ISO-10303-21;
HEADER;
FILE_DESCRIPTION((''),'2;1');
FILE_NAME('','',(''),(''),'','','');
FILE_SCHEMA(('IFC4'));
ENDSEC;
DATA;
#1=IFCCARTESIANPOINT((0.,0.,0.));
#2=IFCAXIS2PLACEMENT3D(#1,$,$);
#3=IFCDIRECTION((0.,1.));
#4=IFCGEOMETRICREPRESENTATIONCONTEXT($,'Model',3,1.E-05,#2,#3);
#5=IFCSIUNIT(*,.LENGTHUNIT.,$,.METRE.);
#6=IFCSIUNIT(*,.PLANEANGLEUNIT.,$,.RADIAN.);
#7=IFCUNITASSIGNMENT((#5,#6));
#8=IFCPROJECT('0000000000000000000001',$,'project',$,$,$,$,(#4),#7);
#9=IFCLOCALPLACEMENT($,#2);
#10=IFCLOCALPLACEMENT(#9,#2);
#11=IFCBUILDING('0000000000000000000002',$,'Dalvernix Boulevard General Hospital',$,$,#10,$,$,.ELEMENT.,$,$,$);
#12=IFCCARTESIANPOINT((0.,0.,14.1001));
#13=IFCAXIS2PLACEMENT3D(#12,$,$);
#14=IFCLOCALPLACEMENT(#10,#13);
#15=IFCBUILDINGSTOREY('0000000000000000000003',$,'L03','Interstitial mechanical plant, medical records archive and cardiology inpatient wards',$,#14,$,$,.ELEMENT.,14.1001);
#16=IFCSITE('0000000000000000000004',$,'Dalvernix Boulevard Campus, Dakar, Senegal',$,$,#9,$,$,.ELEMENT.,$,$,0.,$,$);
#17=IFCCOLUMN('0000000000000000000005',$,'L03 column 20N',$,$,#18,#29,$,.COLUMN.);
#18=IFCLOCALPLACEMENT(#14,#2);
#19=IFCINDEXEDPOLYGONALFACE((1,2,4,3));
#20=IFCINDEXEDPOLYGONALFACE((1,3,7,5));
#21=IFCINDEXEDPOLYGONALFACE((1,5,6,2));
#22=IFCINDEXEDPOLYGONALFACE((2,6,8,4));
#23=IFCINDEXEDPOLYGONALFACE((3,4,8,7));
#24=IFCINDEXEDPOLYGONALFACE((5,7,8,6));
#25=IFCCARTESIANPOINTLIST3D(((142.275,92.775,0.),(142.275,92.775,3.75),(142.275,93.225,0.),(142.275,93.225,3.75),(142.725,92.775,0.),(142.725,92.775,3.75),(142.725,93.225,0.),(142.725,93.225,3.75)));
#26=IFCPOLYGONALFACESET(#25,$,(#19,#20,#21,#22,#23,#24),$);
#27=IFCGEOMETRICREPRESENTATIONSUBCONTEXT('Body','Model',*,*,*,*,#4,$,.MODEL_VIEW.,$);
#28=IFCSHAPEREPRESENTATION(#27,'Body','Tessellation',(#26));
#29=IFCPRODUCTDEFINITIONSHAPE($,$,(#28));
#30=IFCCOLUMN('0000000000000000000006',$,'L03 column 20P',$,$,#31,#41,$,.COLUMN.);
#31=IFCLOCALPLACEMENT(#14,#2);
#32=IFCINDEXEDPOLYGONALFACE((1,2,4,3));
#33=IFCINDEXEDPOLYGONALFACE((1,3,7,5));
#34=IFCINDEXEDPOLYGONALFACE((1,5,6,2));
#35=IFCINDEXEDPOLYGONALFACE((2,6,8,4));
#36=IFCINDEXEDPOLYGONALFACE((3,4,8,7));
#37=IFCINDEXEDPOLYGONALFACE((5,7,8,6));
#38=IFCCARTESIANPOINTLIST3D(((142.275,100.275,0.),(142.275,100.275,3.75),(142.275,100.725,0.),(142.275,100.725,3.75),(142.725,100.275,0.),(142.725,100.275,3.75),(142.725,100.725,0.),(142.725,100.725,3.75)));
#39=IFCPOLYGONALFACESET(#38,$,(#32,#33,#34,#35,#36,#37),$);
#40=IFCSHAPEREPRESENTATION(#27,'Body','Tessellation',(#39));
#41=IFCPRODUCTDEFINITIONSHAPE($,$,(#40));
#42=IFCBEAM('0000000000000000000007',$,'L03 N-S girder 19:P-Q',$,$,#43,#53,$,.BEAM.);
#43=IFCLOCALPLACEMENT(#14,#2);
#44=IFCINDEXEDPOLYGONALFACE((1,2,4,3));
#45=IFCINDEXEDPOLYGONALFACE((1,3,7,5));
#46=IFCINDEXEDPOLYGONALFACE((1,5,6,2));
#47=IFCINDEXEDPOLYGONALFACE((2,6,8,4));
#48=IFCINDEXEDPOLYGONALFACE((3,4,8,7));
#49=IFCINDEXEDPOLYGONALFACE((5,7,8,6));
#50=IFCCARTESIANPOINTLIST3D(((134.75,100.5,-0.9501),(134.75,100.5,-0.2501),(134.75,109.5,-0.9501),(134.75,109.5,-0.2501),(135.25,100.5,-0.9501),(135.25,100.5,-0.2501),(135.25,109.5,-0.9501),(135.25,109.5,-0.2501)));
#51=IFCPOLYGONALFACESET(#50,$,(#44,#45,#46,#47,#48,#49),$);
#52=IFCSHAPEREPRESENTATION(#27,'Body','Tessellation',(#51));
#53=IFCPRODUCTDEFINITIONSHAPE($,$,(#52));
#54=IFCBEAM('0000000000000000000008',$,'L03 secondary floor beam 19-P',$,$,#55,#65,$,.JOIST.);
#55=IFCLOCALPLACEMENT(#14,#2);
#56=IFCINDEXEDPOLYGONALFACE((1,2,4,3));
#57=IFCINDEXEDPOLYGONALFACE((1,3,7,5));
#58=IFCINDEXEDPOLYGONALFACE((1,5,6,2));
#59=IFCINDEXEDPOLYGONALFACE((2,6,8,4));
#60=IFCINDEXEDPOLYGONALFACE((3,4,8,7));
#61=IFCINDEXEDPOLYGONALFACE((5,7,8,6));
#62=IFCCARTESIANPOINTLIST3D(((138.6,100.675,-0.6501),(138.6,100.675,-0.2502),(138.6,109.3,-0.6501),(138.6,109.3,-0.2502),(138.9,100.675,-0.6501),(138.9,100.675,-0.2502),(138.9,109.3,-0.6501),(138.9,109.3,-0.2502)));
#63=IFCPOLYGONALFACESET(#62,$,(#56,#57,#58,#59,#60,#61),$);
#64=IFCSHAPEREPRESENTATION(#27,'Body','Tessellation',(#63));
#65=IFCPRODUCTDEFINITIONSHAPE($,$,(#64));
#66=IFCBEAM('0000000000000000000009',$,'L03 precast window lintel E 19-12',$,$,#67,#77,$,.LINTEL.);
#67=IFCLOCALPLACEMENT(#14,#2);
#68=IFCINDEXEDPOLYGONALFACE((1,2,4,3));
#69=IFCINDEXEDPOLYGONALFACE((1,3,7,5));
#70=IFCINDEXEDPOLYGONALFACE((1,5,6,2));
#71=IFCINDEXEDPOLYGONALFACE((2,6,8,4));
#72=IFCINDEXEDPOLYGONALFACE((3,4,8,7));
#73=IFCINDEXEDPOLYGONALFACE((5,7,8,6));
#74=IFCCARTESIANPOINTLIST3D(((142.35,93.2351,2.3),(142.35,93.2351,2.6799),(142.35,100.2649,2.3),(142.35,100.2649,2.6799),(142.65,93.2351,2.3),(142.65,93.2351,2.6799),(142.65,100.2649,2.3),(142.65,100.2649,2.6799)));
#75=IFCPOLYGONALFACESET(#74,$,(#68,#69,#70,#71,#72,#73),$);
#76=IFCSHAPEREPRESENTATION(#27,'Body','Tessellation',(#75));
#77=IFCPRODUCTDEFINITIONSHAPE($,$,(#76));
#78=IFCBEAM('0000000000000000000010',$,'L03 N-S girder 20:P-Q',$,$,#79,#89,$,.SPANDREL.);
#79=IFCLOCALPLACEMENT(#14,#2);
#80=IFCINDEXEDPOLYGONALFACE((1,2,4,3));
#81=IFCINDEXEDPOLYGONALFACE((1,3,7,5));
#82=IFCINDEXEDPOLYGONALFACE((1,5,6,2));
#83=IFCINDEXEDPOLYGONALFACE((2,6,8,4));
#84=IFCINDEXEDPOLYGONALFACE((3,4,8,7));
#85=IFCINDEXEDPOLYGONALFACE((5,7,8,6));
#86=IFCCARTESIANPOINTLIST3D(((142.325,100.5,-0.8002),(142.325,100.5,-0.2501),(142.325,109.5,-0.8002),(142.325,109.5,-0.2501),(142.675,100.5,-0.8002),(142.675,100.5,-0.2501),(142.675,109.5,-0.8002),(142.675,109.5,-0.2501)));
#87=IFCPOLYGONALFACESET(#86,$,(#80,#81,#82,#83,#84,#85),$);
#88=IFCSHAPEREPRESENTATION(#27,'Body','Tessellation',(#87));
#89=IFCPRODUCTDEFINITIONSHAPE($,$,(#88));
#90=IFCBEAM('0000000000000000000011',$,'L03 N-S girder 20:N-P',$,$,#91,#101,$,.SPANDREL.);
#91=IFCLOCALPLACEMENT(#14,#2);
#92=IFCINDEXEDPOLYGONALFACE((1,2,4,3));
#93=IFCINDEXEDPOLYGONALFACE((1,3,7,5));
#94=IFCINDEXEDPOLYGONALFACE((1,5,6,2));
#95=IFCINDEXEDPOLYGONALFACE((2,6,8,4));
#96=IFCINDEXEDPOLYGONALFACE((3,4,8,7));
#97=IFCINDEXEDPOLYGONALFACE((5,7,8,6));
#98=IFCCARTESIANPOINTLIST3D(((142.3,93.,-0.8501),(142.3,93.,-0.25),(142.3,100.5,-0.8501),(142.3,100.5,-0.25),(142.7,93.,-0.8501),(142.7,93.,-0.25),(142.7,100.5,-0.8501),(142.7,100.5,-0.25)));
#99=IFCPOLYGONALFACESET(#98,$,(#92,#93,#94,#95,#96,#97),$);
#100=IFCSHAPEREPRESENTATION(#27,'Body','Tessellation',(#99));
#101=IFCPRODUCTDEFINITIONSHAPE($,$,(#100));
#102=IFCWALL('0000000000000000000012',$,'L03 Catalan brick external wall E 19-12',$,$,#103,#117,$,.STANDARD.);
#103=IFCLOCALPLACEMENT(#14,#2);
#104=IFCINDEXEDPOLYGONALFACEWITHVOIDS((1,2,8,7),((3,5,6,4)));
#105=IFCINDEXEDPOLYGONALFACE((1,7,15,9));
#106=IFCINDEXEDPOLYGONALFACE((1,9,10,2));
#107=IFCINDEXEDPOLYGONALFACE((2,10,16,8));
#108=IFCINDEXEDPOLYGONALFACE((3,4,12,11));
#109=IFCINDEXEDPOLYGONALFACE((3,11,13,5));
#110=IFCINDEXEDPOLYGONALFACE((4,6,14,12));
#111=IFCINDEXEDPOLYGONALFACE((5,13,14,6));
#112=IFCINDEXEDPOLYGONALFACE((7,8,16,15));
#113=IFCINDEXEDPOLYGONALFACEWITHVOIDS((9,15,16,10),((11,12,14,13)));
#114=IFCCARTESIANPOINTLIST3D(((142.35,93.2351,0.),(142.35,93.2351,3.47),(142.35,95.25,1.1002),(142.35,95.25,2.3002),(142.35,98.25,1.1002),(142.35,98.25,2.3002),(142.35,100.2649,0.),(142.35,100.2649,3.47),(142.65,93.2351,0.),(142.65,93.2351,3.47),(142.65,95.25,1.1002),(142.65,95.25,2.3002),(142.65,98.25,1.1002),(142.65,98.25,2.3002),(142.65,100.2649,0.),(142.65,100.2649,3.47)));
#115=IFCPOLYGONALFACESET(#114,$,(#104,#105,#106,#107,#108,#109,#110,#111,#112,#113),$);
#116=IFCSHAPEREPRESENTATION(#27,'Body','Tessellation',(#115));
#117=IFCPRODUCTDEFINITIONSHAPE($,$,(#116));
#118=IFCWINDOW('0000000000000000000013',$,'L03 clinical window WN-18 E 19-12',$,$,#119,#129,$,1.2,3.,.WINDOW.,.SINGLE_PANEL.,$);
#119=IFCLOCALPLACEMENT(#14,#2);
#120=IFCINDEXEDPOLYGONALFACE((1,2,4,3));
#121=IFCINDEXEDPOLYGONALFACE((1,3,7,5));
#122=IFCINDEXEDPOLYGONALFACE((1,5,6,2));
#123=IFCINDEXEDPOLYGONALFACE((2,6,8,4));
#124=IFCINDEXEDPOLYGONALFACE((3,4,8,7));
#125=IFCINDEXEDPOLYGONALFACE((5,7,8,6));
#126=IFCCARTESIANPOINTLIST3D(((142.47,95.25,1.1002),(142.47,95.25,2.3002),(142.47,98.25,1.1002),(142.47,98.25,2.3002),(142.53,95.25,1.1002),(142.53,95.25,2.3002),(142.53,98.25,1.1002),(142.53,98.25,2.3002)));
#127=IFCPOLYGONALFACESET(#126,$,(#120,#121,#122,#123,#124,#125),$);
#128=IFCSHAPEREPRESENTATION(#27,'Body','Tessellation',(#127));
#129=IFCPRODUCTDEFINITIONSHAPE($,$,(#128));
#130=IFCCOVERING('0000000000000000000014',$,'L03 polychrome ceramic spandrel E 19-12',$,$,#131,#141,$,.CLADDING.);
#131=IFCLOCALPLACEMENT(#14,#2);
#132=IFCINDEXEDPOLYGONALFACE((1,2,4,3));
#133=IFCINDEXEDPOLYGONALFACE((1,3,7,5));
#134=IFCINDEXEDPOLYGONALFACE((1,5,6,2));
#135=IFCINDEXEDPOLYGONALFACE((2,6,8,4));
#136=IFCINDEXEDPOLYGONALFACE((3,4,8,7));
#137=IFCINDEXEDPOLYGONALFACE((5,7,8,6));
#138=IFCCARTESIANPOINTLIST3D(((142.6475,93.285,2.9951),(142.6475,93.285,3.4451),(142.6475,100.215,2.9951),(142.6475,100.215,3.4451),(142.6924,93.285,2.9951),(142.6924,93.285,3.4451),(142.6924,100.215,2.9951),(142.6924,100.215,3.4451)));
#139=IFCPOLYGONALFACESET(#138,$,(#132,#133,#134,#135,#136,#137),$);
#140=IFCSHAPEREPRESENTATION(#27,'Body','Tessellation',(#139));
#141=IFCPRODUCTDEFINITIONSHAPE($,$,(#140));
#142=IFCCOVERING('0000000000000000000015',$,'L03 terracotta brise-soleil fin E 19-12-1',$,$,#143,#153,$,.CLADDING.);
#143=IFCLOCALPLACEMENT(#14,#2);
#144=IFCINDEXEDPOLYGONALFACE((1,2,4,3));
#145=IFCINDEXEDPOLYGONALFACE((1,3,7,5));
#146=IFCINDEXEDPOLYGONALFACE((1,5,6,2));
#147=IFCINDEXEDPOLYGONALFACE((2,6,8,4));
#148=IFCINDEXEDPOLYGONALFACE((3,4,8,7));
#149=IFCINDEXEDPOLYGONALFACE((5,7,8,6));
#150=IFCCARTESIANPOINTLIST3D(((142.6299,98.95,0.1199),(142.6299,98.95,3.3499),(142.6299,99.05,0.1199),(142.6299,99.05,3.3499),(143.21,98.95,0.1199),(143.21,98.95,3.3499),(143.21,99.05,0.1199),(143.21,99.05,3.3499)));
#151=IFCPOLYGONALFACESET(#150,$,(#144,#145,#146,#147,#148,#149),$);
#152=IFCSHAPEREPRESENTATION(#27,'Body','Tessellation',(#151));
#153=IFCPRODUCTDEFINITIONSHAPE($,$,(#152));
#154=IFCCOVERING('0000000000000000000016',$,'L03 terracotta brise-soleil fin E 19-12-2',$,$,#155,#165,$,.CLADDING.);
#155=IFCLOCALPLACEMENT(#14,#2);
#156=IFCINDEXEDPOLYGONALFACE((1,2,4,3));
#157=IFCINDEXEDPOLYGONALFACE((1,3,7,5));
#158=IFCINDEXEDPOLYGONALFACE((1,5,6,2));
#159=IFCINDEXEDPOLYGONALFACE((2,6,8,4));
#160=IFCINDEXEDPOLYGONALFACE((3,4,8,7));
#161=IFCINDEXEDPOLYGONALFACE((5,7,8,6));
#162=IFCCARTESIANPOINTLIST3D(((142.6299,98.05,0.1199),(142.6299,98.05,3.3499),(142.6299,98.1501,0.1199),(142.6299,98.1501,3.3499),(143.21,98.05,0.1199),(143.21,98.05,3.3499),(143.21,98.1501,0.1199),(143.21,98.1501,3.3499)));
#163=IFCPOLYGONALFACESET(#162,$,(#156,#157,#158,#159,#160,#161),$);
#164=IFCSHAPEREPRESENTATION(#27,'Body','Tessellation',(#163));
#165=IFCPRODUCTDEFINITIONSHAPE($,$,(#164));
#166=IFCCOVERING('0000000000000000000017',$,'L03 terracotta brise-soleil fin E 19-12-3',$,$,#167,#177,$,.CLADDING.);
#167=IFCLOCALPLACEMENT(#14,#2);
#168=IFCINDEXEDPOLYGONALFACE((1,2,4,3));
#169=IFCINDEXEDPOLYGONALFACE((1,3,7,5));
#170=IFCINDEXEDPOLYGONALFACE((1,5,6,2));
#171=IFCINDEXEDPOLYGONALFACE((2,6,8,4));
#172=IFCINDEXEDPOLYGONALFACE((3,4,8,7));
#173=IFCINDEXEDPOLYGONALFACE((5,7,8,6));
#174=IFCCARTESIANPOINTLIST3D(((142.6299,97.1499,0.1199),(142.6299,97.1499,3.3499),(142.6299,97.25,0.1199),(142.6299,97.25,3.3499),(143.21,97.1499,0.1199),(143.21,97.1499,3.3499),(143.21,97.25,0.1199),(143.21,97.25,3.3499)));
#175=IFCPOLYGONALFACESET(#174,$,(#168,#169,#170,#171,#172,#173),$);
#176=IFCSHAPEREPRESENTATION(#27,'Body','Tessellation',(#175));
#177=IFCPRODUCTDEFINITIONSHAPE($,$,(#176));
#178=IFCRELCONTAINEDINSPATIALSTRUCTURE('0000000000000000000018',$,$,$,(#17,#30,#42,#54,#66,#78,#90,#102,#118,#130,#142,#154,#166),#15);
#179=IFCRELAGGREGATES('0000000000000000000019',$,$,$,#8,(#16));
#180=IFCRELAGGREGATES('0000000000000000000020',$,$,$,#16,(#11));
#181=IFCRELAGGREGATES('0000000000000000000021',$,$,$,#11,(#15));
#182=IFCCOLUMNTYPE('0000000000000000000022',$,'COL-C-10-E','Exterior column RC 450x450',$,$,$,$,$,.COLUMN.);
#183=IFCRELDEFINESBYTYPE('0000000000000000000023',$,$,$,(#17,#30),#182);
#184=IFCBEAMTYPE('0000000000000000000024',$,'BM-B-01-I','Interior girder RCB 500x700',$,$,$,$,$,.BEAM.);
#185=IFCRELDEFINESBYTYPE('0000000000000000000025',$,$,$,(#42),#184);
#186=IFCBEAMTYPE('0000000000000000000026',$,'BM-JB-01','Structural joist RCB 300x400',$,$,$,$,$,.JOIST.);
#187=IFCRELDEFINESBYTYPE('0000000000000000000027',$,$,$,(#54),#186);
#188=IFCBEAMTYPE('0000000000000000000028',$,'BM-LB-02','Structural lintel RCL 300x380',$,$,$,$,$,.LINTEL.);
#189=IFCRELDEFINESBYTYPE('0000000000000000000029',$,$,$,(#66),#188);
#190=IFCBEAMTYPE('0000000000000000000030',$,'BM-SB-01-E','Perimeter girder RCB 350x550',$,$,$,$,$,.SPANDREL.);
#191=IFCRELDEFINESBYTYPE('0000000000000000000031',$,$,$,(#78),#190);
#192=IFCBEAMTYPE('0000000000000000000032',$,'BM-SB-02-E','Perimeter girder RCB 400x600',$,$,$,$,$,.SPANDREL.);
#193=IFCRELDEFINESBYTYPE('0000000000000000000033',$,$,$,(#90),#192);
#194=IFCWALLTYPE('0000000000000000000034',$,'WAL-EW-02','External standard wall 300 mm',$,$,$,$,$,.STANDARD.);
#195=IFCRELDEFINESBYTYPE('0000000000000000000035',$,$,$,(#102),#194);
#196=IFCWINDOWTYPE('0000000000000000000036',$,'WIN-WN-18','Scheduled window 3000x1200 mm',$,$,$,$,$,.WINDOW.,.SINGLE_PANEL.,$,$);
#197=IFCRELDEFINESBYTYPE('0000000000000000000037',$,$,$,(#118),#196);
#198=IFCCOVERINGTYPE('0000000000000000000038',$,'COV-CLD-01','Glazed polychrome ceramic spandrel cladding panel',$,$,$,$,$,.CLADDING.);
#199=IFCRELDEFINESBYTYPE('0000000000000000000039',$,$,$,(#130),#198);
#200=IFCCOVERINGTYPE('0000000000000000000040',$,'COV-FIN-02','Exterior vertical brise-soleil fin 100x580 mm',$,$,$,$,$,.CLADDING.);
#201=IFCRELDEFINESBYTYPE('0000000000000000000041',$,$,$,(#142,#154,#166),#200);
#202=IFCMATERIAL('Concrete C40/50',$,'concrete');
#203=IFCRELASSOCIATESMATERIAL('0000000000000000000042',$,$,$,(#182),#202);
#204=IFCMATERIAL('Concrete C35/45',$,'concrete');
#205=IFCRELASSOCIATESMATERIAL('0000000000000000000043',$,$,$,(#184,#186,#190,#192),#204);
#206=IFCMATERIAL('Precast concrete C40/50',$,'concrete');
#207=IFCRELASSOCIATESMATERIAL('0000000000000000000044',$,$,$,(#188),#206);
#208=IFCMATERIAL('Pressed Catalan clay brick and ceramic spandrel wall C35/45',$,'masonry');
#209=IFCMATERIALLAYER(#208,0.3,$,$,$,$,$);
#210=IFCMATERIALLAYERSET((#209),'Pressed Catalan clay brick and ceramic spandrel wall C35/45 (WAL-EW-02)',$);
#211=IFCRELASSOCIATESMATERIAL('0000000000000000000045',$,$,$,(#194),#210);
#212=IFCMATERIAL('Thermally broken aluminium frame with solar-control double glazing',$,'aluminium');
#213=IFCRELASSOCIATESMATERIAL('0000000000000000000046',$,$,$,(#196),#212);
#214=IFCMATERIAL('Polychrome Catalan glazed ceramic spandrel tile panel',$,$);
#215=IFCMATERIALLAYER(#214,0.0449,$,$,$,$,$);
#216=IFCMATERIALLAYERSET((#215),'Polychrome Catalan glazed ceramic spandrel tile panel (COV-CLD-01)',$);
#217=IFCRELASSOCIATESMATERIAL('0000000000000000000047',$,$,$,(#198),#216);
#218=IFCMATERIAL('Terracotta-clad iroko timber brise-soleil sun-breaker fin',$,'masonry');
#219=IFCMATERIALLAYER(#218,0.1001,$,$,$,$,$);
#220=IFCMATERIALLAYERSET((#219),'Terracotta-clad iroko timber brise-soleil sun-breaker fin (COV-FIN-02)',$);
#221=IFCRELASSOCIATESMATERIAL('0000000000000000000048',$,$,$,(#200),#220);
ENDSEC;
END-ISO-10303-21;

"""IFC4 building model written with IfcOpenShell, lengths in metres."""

from ifc_helpers import new_model, si_unit, direction, frame, frame_2d, origin, origin_2d, place, context, subcontext, project, spatial, rectangle, extrude, material, layer, layer_set, material_profile, profile_set, type_object, element, fill, save


model = new_model("IFC4")

# Units and contexts
model_context = context("Model", 3, precision=1e-05, world=origin(), true_north=direction((0.0, 1.0)))
body_context = subcontext(model_context, "Body", "Model", "MODEL_VIEW")
ifc_project = project(units=[si_unit("LENGTHUNIT", "METRE"), si_unit("PLANEANGLEUNIT", "RADIAN")], contexts=[model_context])

# Site, building, storey
site_placement = place(None, origin())
site = spatial("IfcSite", under=ifc_project, at=site_placement, Name="Dalvernix Boulevard Campus, Dakar, Senegal", CompositionType="ELEMENT", RefElevation=0.0)
building_placement = place(site_placement, origin())
building = spatial("IfcBuilding", under=site, at=building_placement, Name="Dalvernix Boulevard General Hospital", CompositionType="ELEMENT")
storey_placement = place(building_placement, frame((0.0, 0.0, 14.1001)))
storey = spatial("IfcBuildingStorey", under=building, at=storey_placement, Name="L03", Description="Interstitial mechanical plant, medical records archive and cardiology inpatient wards", CompositionType="ELEMENT", Elevation=14.1001)

# Columns
ifc_material_1 = material(Name="Concrete C40/50", Category="concrete")
ifc_material_profile_1 = material_profile(ifc_material_1, rectangle(XDim=0.45, YDim=0.45, at=origin_2d()), Name="RC 450x450")
ifc_profile_set_1 = profile_set([ifc_material_profile_1], Name="Concrete C40/50")
column_type = type_object("IfcColumnType", Name="COL-C-10-E", Description="Exterior column RC 450x450", PredefinedType="COLUMN", material=ifc_profile_set_1)
for number, where, z_axis, x_axis, name in (
    (1, (142.5, 93.0, 0.0), (0.0, 0.0, 1.0), (1.0, 0.0, 0.0), "L03 column 20N"),
    (2, (142.5, 100.5, 0.0), (0.0, 0.0, 1.0), (1.0, 0.0, 0.0), "L03 column 20P"),
):
    element("IfcColumn", number, at=place(storey_placement, frame(where, z_axis=z_axis, x_axis=x_axis)), inside=storey, type_object=column_type, Name=name, PredefinedType="COLUMN", context=body_context, shape_type="SweptSolid", body=[
        extrude(rectangle(XDim=0.45, YDim=0.45, at=origin_2d()), origin(), (0.0, 0.0, 1.0), 3.75),
    ])

# Beams
ifc_material_2 = material(Name="Concrete C35/45", Category="concrete")
ifc_material_profile_2 = material_profile(ifc_material_2, rectangle(XDim=0.5, YDim=0.7, at=origin_2d()), Name="RCB 500x700")
ifc_profile_set_2 = profile_set([ifc_material_profile_2], Name="Concrete C35/45")
beam_type_1 = type_object("IfcBeamType", Name="BM-B-01-I", Description="Interior girder RCB 500x700", PredefinedType="BEAM", material=ifc_profile_set_2)
beam_1_placement = place(storey_placement, frame((135.0, 100.5, -0.6001), z_axis=(0.0, 1.0, 0.0), x_axis=(-1.0, 0.0, 0.0)))
element("IfcBeam", 3, at=beam_1_placement, inside=storey, type_object=beam_type_1, Name="L03 N-S girder 19:P-Q", PredefinedType="BEAM", context=body_context, shape_type="SweptSolid", body=[
    extrude(rectangle(XDim=0.5, YDim=0.7, at=origin_2d()), origin(), (0.0, 0.0, 1.0), 9.0),
])
ifc_material_profile_3 = material_profile(ifc_material_2, rectangle(XDim=0.3, YDim=0.3999, at=origin_2d()), Name="RCB 300x400")
ifc_profile_set_3 = profile_set([ifc_material_profile_3], Name="Concrete C35/45")
beam_type_2 = type_object("IfcBeamType", Name="BM-JB-01", Description="Structural joist RCB 300x400", PredefinedType="JOIST", material=ifc_profile_set_3)
beam_2_placement = place(storey_placement, frame((138.75, 100.675, -0.4502), z_axis=(0.0, 1.0, 0.0), x_axis=(-1.0, 0.0, 0.0)))
element("IfcBeam", 4, at=beam_2_placement, inside=storey, type_object=beam_type_2, Name="L03 secondary floor beam 19-P", PredefinedType="JOIST", context=body_context, shape_type="SweptSolid", body=[
    extrude(rectangle(XDim=0.3, YDim=0.3999, at=origin_2d()), origin(), (0.0, 0.0, 1.0), 8.625),
])
ifc_material_3 = material(Name="Precast concrete C40/50", Category="concrete")
ifc_material_profile_4 = material_profile(ifc_material_3, rectangle(XDim=0.3, YDim=0.3799, at=origin_2d()), Name="RCL 300x380")
ifc_profile_set_4 = profile_set([ifc_material_profile_4], Name="Precast concrete C40/50")
beam_type_3 = type_object("IfcBeamType", Name="BM-LB-02", Description="Structural lintel RCL 300x380", PredefinedType="LINTEL", material=ifc_profile_set_4)
beam_3_placement = place(storey_placement, frame((142.5, 100.2649, 2.49), z_axis=(0.0, -1.0, 0.0), x_axis=(1.0, 0.0, 0.0)))
element("IfcBeam", 5, at=beam_3_placement, inside=storey, type_object=beam_type_3, Name="L03 precast window lintel E 19-12", PredefinedType="LINTEL", context=body_context, shape_type="SweptSolid", body=[
    extrude(rectangle(XDim=0.3, YDim=0.3799, at=origin_2d()), origin(), (0.0, 0.0, 1.0), 7.0298),
])
ifc_material_profile_5 = material_profile(ifc_material_2, rectangle(XDim=0.3501, YDim=0.55, at=origin_2d()), Name="RCB 350x550")
ifc_profile_set_5 = profile_set([ifc_material_profile_5], Name="Concrete C35/45")
beam_type_4 = type_object("IfcBeamType", Name="BM-SB-01-E", Description="Perimeter girder RCB 350x550", PredefinedType="SPANDREL", material=ifc_profile_set_5)
beam_4_placement = place(storey_placement, frame((142.5, 100.5, -0.5251), z_axis=(0.0, 1.0, 0.0), x_axis=(-1.0, 0.0, 0.0)))
element("IfcBeam", 6, at=beam_4_placement, inside=storey, type_object=beam_type_4, Name="L03 N-S girder 20:P-Q", PredefinedType="SPANDREL", context=body_context, shape_type="SweptSolid", body=[
    extrude(rectangle(XDim=0.3501, YDim=0.55, at=origin_2d()), origin(), (0.0, 0.0, 1.0), 9.0),
])
ifc_material_profile_6 = material_profile(ifc_material_2, rectangle(XDim=0.3999, YDim=0.6001, at=origin_2d()), Name="RCB 400x600")
ifc_profile_set_6 = profile_set([ifc_material_profile_6], Name="Concrete C35/45")
beam_type_5 = type_object("IfcBeamType", Name="BM-SB-02-E", Description="Perimeter girder RCB 400x600", PredefinedType="SPANDREL", material=ifc_profile_set_6)
beam_5_placement = place(storey_placement, frame((142.5, 93.0, -0.55), z_axis=(0.0, 1.0, 0.0), x_axis=(-1.0, 0.0, 0.0)))
element("IfcBeam", 7, at=beam_5_placement, inside=storey, type_object=beam_type_5, Name="L03 N-S girder 20:N-P", PredefinedType="SPANDREL", context=body_context, shape_type="SweptSolid", body=[
    extrude(rectangle(XDim=0.3999, YDim=0.6001, at=origin_2d()), origin(), (0.0, 0.0, 1.0), 7.5),
])

# Wall, opening, window
ifc_material_4 = material(Name="Pressed Catalan clay brick and ceramic spandrel wall C35/45", Category="masonry")
ifc_layer_1 = layer(ifc_material_4, 0.3)
ifc_layer_set_1 = layer_set([ifc_layer_1], Name="Pressed Catalan clay brick and ceramic spandrel wall C35/45 (WAL-EW-02)")
wall_type = type_object("IfcWallType", Name="WAL-EW-02", Description="External standard wall 300 mm", PredefinedType="STANDARD", material=ifc_layer_set_1)
wall_placement = place(storey_placement, frame((142.5, 100.2649, 0.0), z_axis=(0.0, 0.0, 1.0), x_axis=(0.0, -1.0, 0.0)))
wall = element("IfcWall", 8, at=wall_placement, inside=storey, type_object=wall_type, Name="L03 Catalan brick external wall E 19-12", PredefinedType="STANDARD", context=body_context, shape_type="SweptSolid", body=[
    extrude(rectangle(XDim=7.0298, YDim=0.3, at=frame_2d((3.5149, 0.0))), origin(), (0.0, 0.0, 1.0), 3.47),
])
opening_placement = place(wall_placement, frame((2.0149, 0.0, 1.1001)))
opening = element("IfcOpeningElement", 9, at=opening_placement, cuts=wall, PredefinedType="OPENING", context=body_context, shape_type="SweptSolid", body=[
    extrude(rectangle(XDim=3.0, YDim=1.2, at=frame_2d((1.5, 0.6001))), frame((0.0, 0.1599, 0.0), z_axis=(0.0, -1.0, 0.0), x_axis=(1.0, 0.0, 0.0)), (0.0, 0.0, 1.0), 0.3201),
])
ifc_material_5 = material(Name="Thermally broken aluminium frame with solar-control double glazing", Category="aluminium")
window_type = type_object("IfcWindowType", Name="WIN-WN-18", Description="Scheduled window 3000x1200 mm", PartitioningType="SINGLE_PANEL", PredefinedType="WINDOW", material=ifc_material_5)
window_placement = place(opening_placement, origin())
window = element("IfcWindow", 10, at=window_placement, inside=storey, type_object=window_type, Name="L03 clinical window WN-18 E 19-12", OverallHeight=1.2, OverallWidth=3.0, PartitioningType="SINGLE_PANEL", PredefinedType="WINDOW", context=body_context, shape_type="SweptSolid", body=[
    extrude(rectangle(XDim=3.0, YDim=1.2, at=frame_2d((1.5, 0.6001))), frame((0.0, 0.03, 0.0), z_axis=(0.0, -1.0, 0.0), x_axis=(1.0, 0.0, 0.0)), (0.0, 0.0, 1.0), 0.0601),
])
fill(opening, window)

# Coverings
ifc_material_6 = material(Name="Polychrome Catalan glazed ceramic spandrel tile panel")
ifc_layer_2 = layer(ifc_material_6, 0.0449)
ifc_layer_set_2 = layer_set([ifc_layer_2], Name="Polychrome Catalan glazed ceramic spandrel tile panel (COV-CLD-01)")
covering_type_1 = type_object("IfcCoveringType", Name="COV-CLD-01", Description="Glazed polychrome ceramic spandrel cladding panel", PredefinedType="CLADDING", material=ifc_layer_set_2)
covering_placement = place(storey_placement, frame((142.6699, 96.75, 2.9951), z_axis=(0.0, 0.0, 1.0), x_axis=(0.0, -1.0, 0.0)))
element("IfcCovering", 11, at=covering_placement, inside=storey, type_object=covering_type_1, Name="L03 polychrome ceramic spandrel E 19-12", PredefinedType="CLADDING", context=body_context, shape_type="SweptSolid", body=[
    extrude(rectangle(XDim=6.9299, YDim=0.0449, at=origin_2d()), origin(), (0.0, 0.0, 1.0), 0.45),
])
ifc_material_7 = material(Name="Terracotta-clad iroko timber brise-soleil sun-breaker fin", Category="masonry")
ifc_layer_3 = layer(ifc_material_7, 0.1001)
ifc_layer_set_3 = layer_set([ifc_layer_3], Name="Terracotta-clad iroko timber brise-soleil sun-breaker fin (COV-FIN-02)")
covering_type_2 = type_object("IfcCoveringType", Name="COV-FIN-02", Description="Exterior vertical brise-soleil fin 100x580 mm", PredefinedType="CLADDING", material=ifc_layer_set_3)
for number, where, z_axis, x_axis, name in (
    (12, (142.9199, 99.0, 0.1199), (0.0, 0.0, 1.0), (0.0, -1.0, 0.0), "L03 terracotta brise-soleil fin E 19-12-1"),
    (13, (142.9199, 98.1001, 0.1199), (0.0, 0.0, 1.0), (0.0, -1.0, 0.0), "L03 terracotta brise-soleil fin E 19-12-2"),
    (14, (142.9199, 97.2, 0.1199), (0.0, 0.0, 1.0), (0.0, -1.0, 0.0), "L03 terracotta brise-soleil fin E 19-12-3"),
):
    element("IfcCovering", number, at=place(storey_placement, frame(where, z_axis=z_axis, x_axis=x_axis)), inside=storey, type_object=covering_type_2, Name=name, PredefinedType="CLADDING", context=body_context, shape_type="SweptSolid", body=[
        extrude(rectangle(XDim=0.1001, YDim=0.5801, at=origin_2d()), origin(), (0.0, 0.0, 1.0), 3.23),
    ])

save(model, "model.ifc")
